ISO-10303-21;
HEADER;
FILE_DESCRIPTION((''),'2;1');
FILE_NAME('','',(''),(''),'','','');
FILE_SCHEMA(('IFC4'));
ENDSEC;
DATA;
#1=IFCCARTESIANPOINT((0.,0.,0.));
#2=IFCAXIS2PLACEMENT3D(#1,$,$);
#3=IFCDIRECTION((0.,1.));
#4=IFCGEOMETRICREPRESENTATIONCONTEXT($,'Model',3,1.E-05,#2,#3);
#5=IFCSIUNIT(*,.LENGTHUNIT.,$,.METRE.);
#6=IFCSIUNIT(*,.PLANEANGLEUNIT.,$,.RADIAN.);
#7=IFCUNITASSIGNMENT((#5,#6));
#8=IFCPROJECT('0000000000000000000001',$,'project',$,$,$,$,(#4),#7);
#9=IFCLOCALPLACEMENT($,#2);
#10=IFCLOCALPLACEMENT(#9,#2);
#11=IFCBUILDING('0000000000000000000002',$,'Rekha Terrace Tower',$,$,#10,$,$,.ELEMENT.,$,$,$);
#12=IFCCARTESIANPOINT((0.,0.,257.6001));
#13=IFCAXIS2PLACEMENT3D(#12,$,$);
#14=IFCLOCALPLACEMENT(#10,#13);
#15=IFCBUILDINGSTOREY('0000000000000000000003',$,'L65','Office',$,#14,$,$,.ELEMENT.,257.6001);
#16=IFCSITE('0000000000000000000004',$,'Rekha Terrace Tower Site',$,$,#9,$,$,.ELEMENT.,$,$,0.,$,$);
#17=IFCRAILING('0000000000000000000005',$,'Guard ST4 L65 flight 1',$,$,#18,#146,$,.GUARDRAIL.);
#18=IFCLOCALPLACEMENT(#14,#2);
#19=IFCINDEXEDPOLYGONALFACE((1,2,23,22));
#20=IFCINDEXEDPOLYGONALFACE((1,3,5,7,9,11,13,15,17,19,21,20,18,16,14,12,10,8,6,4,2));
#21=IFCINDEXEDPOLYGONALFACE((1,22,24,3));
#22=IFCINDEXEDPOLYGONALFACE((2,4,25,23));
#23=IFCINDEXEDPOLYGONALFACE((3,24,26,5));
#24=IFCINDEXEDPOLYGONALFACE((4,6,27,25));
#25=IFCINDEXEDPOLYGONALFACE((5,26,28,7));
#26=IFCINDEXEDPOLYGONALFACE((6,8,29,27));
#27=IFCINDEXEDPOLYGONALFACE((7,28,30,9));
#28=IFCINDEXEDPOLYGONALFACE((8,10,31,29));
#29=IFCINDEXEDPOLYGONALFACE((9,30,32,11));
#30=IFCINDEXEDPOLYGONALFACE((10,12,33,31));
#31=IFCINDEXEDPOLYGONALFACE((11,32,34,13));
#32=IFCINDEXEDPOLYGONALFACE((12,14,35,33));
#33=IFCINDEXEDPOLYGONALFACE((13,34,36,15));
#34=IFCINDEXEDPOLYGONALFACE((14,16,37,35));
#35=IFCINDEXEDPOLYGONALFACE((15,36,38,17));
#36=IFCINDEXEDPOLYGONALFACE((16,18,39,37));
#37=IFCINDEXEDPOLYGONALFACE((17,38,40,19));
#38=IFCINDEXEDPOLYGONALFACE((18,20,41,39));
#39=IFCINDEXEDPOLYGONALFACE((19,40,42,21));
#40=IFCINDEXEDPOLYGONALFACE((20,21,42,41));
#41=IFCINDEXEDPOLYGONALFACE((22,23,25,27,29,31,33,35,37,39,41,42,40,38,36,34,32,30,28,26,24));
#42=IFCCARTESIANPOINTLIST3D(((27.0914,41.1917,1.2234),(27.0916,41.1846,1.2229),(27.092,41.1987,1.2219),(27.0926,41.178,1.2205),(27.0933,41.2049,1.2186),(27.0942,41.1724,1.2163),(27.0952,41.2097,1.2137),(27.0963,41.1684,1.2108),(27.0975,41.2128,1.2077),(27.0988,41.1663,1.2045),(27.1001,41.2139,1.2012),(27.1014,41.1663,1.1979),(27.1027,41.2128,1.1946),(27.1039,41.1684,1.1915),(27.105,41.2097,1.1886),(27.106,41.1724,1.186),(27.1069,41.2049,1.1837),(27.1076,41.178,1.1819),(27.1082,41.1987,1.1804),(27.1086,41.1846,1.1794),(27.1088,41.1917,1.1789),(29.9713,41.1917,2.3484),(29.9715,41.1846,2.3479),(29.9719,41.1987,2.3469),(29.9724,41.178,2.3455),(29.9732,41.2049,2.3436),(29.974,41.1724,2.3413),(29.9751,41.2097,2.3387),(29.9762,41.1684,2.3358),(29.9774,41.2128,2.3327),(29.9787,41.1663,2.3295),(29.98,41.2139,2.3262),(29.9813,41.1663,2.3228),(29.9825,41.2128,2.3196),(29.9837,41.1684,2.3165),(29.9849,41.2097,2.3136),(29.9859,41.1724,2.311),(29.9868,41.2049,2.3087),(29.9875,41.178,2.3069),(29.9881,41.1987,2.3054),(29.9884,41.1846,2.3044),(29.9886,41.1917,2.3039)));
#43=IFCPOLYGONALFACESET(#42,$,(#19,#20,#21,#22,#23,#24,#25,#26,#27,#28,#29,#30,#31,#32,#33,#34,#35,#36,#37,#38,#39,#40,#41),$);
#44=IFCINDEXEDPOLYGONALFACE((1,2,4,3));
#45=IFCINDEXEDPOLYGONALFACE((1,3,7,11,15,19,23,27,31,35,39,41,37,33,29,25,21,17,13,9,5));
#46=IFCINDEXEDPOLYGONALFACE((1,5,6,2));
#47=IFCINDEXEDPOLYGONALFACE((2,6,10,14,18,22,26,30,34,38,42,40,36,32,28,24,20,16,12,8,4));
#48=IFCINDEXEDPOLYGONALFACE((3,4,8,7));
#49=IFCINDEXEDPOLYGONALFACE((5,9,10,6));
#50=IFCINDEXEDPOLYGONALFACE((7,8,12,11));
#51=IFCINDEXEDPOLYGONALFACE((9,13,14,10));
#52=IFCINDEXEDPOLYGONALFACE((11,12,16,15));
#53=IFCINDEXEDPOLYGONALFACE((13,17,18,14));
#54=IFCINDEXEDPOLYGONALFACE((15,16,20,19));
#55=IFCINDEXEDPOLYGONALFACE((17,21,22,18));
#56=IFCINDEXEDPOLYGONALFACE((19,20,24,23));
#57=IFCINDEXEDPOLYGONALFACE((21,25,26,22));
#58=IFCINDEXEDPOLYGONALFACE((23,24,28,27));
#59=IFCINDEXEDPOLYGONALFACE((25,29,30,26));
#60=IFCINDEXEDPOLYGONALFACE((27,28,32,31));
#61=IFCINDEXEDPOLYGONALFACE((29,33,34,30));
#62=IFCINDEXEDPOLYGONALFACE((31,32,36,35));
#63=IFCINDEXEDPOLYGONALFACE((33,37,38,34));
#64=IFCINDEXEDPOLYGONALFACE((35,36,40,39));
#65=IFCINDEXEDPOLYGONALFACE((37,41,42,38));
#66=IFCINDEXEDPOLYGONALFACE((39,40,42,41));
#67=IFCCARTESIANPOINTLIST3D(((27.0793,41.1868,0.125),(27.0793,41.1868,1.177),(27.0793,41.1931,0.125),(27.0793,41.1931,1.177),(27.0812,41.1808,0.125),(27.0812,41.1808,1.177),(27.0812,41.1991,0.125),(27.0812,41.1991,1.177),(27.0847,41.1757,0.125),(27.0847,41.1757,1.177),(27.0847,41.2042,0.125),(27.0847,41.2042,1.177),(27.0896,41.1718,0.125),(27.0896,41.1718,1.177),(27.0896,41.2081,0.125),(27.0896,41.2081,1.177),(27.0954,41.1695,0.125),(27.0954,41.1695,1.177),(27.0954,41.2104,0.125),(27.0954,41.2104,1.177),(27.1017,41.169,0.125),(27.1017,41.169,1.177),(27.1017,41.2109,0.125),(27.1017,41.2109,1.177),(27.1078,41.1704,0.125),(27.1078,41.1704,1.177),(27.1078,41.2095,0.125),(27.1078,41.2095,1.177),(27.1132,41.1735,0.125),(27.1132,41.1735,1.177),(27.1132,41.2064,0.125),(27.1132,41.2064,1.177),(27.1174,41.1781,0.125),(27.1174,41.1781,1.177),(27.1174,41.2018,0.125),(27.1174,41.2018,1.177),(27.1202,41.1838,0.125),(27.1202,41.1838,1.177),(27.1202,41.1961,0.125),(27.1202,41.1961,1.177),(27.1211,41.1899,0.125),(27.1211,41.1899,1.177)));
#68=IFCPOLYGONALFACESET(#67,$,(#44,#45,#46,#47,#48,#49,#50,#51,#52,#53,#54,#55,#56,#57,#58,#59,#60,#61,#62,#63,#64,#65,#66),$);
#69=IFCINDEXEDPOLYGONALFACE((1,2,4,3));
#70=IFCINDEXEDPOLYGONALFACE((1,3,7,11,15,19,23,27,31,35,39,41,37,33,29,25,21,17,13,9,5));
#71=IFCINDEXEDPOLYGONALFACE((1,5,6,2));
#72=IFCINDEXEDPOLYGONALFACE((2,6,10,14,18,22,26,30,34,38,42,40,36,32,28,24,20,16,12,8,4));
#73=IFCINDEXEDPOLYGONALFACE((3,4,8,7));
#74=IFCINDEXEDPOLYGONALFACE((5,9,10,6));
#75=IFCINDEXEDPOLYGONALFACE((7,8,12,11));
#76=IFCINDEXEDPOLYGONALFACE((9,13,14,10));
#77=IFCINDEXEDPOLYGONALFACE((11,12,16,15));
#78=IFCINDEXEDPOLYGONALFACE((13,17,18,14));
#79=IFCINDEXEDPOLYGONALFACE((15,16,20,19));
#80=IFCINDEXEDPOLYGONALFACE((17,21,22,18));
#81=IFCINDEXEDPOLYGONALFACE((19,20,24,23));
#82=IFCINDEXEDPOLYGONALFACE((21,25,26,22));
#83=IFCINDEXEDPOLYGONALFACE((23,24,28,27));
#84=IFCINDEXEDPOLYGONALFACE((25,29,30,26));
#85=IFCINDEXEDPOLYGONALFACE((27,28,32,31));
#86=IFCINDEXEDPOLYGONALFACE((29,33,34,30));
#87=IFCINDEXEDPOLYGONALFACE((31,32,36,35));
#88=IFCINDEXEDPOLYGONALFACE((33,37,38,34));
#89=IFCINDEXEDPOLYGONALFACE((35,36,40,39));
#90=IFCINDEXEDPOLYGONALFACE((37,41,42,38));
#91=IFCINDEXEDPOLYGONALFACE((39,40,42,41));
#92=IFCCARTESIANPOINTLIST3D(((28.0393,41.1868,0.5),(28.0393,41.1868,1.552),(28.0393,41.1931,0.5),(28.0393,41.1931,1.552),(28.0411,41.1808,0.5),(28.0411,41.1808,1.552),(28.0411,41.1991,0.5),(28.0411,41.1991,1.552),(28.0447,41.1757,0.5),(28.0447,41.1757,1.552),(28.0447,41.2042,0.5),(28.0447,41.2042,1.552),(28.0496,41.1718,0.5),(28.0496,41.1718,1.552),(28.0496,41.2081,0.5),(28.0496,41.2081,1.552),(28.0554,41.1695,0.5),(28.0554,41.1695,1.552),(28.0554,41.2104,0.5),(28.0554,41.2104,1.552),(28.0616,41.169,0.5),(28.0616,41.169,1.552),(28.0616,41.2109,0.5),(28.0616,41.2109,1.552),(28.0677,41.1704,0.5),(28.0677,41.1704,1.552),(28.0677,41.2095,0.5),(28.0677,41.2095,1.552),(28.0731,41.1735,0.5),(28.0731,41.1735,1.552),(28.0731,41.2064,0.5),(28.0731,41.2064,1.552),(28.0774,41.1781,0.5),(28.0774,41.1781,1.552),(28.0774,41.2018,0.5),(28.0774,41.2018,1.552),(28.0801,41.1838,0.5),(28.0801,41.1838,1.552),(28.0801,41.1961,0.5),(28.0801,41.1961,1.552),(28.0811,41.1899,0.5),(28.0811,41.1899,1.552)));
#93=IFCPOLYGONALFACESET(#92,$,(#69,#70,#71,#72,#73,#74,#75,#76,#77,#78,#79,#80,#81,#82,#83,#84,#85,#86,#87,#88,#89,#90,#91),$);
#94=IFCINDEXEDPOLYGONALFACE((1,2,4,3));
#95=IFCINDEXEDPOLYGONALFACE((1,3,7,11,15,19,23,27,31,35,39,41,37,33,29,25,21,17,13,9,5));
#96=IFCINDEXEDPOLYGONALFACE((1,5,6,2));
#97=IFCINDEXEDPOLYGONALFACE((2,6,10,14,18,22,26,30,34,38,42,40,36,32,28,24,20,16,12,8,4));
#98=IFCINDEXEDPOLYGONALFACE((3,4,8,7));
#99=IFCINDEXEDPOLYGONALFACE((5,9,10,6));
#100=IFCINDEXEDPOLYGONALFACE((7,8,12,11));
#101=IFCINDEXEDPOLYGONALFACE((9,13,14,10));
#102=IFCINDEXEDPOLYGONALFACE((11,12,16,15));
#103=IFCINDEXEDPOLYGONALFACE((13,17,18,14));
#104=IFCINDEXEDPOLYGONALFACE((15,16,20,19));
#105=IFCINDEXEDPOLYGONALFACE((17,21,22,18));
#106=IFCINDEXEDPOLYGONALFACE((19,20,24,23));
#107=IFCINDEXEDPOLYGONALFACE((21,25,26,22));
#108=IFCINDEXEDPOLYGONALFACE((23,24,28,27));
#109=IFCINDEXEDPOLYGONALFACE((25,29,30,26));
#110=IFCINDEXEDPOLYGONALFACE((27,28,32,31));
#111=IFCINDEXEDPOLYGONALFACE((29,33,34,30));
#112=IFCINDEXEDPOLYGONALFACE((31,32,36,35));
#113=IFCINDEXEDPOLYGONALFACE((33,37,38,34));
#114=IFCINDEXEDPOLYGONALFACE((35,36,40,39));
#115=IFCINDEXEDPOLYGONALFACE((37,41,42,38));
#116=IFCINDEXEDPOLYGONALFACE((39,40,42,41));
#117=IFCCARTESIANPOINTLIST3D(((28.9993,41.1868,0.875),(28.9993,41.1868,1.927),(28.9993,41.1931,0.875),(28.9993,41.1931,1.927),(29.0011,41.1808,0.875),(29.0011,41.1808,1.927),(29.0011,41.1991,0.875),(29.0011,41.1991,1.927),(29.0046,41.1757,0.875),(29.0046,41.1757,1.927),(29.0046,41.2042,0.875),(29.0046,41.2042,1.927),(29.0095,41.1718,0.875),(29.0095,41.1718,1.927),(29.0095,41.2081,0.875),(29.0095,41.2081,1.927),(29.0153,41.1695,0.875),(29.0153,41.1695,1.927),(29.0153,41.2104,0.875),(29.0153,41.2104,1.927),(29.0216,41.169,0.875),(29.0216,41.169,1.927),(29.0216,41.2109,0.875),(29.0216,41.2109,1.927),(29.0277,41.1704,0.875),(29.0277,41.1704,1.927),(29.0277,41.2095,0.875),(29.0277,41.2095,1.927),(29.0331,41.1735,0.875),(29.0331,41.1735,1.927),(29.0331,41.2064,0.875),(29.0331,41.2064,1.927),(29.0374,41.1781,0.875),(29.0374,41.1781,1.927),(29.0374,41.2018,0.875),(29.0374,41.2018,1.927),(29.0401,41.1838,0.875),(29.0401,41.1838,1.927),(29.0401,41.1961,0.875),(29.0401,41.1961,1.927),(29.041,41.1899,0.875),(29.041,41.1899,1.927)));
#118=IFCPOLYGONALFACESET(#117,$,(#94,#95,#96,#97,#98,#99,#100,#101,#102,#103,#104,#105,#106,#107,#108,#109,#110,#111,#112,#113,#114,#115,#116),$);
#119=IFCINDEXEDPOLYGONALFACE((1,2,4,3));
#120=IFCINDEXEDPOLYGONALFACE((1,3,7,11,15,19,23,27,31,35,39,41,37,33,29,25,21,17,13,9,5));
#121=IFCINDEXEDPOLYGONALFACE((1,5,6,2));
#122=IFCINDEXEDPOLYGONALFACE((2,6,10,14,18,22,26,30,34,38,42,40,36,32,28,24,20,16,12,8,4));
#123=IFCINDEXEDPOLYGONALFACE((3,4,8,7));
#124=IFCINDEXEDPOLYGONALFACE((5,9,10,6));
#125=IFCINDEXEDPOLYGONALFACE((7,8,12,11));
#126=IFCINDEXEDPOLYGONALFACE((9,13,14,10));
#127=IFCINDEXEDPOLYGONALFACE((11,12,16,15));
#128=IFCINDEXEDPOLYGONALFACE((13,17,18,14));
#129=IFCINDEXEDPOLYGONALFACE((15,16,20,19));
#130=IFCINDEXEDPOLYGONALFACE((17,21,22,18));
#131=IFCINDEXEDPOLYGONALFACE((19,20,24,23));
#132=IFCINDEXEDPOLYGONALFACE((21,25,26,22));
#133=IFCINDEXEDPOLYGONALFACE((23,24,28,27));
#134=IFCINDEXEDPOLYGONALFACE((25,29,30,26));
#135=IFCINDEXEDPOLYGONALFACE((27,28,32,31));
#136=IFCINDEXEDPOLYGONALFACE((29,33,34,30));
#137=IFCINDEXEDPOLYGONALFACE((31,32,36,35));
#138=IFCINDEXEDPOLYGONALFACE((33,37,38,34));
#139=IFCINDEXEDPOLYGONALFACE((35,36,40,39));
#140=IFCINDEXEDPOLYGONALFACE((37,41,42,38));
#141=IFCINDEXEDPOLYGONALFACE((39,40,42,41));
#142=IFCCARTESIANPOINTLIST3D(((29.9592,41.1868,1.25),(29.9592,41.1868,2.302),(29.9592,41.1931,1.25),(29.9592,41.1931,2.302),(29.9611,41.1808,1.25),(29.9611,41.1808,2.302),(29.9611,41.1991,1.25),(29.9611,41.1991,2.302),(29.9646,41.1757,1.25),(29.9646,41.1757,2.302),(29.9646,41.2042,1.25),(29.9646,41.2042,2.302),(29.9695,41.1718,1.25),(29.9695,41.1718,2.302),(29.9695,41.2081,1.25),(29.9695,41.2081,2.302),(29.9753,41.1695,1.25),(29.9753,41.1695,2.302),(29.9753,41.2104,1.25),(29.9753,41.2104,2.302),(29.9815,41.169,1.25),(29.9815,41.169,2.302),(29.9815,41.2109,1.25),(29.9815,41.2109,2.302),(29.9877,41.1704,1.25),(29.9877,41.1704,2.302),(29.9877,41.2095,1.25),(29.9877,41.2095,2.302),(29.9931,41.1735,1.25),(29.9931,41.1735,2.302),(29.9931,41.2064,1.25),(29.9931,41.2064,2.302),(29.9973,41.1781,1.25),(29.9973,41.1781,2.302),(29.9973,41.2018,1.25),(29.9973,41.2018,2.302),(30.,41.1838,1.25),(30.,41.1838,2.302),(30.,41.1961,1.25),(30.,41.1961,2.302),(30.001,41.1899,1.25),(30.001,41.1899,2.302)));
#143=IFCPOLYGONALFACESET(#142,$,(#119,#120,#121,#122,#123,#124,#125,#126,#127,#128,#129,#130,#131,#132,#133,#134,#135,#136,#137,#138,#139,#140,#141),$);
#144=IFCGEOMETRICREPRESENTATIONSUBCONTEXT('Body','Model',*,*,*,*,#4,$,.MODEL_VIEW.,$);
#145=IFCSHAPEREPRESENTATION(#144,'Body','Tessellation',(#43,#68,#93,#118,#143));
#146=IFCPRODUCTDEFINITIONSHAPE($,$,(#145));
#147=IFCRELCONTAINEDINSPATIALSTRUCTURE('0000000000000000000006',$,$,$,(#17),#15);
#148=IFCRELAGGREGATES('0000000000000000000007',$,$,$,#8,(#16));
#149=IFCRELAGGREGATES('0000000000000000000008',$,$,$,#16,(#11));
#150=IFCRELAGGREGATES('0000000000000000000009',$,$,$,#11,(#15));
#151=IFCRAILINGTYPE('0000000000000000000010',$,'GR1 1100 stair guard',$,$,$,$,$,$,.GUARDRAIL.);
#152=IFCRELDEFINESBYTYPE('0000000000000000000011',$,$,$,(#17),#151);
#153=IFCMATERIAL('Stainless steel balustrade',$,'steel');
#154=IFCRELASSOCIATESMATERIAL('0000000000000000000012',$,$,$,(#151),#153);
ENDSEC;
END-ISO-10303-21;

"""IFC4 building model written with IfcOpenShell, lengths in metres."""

from ifc_helpers import new_model, si_unit, direction, frame, origin, origin_2d, place, context, subcontext, project, spatial, circle, extrude, material, type_object, element, save


model = new_model("IFC4")

# Units and contexts
model_context = context("Model", 3, precision=1e-05, world=origin(), true_north=direction((0.0, 1.0)))
body_context = subcontext(model_context, "Body", "Model", "MODEL_VIEW")
ifc_project = project(units=[si_unit("LENGTHUNIT", "METRE"), si_unit("PLANEANGLEUNIT", "RADIAN")], contexts=[model_context])

# Site, building, storey
site_placement = place(None, origin())
site = spatial("IfcSite", under=ifc_project, at=site_placement, Name="Rekha Terrace Tower Site", CompositionType="ELEMENT", RefElevation=0.0)
building_placement = place(site_placement, origin())
building = spatial("IfcBuilding", under=site, at=building_placement, Name="Rekha Terrace Tower", CompositionType="ELEMENT")
storey_placement = place(building_placement, frame((0.0, 0.0, 257.6001)))
storey = spatial("IfcBuildingStorey", under=building, at=storey_placement, Name="L65", Description="Office", CompositionType="ELEMENT", Elevation=257.6001)

# Railing
ifc_material_1 = material(Name="Stainless steel balustrade", Category="steel")
railing_type_1 = type_object("IfcRailingType", Name="GR1 1100 stair guard", PredefinedType="GUARDRAIL", material=ifc_material_1)
railing_1_placement = place(storey_placement, frame((27.1001, 41.1899, 0.125)))
element("IfcRailing", 1, at=railing_1_placement, inside=storey, type_object=railing_type_1, Name="Guard ST4 L65 flight 1", PredefinedType="GUARDRAIL", context=body_context, shape_type="SweptSolid", body=[
    extrude(circle(Radius=0.0239, at=origin_2d()), frame((0.0, 0.0, 1.0762), z_axis=(0.931452, 0.0, 0.363863), x_axis=(0.0, 1.0, 0.0)), (0.0, 0.0, 1.0), 3.0918),
    extrude(circle(Radius=0.021, at=origin_2d()), origin(), (0.0, 0.0, 1.0), 1.052),
    extrude(circle(Radius=0.021, at=origin_2d()), frame((0.96, 0.0, 0.375)), (0.0, 0.0, 1.0), 1.052),
    extrude(circle(Radius=0.021, at=origin_2d()), frame((1.9199, 0.0, 0.75)), (0.0, 0.0, 1.0), 1.052),
    extrude(circle(Radius=0.021, at=origin_2d()), frame((2.8799, 0.0, 1.125)), (0.0, 0.0, 1.0), 1.052),
])

save(model, "model.ifc")
